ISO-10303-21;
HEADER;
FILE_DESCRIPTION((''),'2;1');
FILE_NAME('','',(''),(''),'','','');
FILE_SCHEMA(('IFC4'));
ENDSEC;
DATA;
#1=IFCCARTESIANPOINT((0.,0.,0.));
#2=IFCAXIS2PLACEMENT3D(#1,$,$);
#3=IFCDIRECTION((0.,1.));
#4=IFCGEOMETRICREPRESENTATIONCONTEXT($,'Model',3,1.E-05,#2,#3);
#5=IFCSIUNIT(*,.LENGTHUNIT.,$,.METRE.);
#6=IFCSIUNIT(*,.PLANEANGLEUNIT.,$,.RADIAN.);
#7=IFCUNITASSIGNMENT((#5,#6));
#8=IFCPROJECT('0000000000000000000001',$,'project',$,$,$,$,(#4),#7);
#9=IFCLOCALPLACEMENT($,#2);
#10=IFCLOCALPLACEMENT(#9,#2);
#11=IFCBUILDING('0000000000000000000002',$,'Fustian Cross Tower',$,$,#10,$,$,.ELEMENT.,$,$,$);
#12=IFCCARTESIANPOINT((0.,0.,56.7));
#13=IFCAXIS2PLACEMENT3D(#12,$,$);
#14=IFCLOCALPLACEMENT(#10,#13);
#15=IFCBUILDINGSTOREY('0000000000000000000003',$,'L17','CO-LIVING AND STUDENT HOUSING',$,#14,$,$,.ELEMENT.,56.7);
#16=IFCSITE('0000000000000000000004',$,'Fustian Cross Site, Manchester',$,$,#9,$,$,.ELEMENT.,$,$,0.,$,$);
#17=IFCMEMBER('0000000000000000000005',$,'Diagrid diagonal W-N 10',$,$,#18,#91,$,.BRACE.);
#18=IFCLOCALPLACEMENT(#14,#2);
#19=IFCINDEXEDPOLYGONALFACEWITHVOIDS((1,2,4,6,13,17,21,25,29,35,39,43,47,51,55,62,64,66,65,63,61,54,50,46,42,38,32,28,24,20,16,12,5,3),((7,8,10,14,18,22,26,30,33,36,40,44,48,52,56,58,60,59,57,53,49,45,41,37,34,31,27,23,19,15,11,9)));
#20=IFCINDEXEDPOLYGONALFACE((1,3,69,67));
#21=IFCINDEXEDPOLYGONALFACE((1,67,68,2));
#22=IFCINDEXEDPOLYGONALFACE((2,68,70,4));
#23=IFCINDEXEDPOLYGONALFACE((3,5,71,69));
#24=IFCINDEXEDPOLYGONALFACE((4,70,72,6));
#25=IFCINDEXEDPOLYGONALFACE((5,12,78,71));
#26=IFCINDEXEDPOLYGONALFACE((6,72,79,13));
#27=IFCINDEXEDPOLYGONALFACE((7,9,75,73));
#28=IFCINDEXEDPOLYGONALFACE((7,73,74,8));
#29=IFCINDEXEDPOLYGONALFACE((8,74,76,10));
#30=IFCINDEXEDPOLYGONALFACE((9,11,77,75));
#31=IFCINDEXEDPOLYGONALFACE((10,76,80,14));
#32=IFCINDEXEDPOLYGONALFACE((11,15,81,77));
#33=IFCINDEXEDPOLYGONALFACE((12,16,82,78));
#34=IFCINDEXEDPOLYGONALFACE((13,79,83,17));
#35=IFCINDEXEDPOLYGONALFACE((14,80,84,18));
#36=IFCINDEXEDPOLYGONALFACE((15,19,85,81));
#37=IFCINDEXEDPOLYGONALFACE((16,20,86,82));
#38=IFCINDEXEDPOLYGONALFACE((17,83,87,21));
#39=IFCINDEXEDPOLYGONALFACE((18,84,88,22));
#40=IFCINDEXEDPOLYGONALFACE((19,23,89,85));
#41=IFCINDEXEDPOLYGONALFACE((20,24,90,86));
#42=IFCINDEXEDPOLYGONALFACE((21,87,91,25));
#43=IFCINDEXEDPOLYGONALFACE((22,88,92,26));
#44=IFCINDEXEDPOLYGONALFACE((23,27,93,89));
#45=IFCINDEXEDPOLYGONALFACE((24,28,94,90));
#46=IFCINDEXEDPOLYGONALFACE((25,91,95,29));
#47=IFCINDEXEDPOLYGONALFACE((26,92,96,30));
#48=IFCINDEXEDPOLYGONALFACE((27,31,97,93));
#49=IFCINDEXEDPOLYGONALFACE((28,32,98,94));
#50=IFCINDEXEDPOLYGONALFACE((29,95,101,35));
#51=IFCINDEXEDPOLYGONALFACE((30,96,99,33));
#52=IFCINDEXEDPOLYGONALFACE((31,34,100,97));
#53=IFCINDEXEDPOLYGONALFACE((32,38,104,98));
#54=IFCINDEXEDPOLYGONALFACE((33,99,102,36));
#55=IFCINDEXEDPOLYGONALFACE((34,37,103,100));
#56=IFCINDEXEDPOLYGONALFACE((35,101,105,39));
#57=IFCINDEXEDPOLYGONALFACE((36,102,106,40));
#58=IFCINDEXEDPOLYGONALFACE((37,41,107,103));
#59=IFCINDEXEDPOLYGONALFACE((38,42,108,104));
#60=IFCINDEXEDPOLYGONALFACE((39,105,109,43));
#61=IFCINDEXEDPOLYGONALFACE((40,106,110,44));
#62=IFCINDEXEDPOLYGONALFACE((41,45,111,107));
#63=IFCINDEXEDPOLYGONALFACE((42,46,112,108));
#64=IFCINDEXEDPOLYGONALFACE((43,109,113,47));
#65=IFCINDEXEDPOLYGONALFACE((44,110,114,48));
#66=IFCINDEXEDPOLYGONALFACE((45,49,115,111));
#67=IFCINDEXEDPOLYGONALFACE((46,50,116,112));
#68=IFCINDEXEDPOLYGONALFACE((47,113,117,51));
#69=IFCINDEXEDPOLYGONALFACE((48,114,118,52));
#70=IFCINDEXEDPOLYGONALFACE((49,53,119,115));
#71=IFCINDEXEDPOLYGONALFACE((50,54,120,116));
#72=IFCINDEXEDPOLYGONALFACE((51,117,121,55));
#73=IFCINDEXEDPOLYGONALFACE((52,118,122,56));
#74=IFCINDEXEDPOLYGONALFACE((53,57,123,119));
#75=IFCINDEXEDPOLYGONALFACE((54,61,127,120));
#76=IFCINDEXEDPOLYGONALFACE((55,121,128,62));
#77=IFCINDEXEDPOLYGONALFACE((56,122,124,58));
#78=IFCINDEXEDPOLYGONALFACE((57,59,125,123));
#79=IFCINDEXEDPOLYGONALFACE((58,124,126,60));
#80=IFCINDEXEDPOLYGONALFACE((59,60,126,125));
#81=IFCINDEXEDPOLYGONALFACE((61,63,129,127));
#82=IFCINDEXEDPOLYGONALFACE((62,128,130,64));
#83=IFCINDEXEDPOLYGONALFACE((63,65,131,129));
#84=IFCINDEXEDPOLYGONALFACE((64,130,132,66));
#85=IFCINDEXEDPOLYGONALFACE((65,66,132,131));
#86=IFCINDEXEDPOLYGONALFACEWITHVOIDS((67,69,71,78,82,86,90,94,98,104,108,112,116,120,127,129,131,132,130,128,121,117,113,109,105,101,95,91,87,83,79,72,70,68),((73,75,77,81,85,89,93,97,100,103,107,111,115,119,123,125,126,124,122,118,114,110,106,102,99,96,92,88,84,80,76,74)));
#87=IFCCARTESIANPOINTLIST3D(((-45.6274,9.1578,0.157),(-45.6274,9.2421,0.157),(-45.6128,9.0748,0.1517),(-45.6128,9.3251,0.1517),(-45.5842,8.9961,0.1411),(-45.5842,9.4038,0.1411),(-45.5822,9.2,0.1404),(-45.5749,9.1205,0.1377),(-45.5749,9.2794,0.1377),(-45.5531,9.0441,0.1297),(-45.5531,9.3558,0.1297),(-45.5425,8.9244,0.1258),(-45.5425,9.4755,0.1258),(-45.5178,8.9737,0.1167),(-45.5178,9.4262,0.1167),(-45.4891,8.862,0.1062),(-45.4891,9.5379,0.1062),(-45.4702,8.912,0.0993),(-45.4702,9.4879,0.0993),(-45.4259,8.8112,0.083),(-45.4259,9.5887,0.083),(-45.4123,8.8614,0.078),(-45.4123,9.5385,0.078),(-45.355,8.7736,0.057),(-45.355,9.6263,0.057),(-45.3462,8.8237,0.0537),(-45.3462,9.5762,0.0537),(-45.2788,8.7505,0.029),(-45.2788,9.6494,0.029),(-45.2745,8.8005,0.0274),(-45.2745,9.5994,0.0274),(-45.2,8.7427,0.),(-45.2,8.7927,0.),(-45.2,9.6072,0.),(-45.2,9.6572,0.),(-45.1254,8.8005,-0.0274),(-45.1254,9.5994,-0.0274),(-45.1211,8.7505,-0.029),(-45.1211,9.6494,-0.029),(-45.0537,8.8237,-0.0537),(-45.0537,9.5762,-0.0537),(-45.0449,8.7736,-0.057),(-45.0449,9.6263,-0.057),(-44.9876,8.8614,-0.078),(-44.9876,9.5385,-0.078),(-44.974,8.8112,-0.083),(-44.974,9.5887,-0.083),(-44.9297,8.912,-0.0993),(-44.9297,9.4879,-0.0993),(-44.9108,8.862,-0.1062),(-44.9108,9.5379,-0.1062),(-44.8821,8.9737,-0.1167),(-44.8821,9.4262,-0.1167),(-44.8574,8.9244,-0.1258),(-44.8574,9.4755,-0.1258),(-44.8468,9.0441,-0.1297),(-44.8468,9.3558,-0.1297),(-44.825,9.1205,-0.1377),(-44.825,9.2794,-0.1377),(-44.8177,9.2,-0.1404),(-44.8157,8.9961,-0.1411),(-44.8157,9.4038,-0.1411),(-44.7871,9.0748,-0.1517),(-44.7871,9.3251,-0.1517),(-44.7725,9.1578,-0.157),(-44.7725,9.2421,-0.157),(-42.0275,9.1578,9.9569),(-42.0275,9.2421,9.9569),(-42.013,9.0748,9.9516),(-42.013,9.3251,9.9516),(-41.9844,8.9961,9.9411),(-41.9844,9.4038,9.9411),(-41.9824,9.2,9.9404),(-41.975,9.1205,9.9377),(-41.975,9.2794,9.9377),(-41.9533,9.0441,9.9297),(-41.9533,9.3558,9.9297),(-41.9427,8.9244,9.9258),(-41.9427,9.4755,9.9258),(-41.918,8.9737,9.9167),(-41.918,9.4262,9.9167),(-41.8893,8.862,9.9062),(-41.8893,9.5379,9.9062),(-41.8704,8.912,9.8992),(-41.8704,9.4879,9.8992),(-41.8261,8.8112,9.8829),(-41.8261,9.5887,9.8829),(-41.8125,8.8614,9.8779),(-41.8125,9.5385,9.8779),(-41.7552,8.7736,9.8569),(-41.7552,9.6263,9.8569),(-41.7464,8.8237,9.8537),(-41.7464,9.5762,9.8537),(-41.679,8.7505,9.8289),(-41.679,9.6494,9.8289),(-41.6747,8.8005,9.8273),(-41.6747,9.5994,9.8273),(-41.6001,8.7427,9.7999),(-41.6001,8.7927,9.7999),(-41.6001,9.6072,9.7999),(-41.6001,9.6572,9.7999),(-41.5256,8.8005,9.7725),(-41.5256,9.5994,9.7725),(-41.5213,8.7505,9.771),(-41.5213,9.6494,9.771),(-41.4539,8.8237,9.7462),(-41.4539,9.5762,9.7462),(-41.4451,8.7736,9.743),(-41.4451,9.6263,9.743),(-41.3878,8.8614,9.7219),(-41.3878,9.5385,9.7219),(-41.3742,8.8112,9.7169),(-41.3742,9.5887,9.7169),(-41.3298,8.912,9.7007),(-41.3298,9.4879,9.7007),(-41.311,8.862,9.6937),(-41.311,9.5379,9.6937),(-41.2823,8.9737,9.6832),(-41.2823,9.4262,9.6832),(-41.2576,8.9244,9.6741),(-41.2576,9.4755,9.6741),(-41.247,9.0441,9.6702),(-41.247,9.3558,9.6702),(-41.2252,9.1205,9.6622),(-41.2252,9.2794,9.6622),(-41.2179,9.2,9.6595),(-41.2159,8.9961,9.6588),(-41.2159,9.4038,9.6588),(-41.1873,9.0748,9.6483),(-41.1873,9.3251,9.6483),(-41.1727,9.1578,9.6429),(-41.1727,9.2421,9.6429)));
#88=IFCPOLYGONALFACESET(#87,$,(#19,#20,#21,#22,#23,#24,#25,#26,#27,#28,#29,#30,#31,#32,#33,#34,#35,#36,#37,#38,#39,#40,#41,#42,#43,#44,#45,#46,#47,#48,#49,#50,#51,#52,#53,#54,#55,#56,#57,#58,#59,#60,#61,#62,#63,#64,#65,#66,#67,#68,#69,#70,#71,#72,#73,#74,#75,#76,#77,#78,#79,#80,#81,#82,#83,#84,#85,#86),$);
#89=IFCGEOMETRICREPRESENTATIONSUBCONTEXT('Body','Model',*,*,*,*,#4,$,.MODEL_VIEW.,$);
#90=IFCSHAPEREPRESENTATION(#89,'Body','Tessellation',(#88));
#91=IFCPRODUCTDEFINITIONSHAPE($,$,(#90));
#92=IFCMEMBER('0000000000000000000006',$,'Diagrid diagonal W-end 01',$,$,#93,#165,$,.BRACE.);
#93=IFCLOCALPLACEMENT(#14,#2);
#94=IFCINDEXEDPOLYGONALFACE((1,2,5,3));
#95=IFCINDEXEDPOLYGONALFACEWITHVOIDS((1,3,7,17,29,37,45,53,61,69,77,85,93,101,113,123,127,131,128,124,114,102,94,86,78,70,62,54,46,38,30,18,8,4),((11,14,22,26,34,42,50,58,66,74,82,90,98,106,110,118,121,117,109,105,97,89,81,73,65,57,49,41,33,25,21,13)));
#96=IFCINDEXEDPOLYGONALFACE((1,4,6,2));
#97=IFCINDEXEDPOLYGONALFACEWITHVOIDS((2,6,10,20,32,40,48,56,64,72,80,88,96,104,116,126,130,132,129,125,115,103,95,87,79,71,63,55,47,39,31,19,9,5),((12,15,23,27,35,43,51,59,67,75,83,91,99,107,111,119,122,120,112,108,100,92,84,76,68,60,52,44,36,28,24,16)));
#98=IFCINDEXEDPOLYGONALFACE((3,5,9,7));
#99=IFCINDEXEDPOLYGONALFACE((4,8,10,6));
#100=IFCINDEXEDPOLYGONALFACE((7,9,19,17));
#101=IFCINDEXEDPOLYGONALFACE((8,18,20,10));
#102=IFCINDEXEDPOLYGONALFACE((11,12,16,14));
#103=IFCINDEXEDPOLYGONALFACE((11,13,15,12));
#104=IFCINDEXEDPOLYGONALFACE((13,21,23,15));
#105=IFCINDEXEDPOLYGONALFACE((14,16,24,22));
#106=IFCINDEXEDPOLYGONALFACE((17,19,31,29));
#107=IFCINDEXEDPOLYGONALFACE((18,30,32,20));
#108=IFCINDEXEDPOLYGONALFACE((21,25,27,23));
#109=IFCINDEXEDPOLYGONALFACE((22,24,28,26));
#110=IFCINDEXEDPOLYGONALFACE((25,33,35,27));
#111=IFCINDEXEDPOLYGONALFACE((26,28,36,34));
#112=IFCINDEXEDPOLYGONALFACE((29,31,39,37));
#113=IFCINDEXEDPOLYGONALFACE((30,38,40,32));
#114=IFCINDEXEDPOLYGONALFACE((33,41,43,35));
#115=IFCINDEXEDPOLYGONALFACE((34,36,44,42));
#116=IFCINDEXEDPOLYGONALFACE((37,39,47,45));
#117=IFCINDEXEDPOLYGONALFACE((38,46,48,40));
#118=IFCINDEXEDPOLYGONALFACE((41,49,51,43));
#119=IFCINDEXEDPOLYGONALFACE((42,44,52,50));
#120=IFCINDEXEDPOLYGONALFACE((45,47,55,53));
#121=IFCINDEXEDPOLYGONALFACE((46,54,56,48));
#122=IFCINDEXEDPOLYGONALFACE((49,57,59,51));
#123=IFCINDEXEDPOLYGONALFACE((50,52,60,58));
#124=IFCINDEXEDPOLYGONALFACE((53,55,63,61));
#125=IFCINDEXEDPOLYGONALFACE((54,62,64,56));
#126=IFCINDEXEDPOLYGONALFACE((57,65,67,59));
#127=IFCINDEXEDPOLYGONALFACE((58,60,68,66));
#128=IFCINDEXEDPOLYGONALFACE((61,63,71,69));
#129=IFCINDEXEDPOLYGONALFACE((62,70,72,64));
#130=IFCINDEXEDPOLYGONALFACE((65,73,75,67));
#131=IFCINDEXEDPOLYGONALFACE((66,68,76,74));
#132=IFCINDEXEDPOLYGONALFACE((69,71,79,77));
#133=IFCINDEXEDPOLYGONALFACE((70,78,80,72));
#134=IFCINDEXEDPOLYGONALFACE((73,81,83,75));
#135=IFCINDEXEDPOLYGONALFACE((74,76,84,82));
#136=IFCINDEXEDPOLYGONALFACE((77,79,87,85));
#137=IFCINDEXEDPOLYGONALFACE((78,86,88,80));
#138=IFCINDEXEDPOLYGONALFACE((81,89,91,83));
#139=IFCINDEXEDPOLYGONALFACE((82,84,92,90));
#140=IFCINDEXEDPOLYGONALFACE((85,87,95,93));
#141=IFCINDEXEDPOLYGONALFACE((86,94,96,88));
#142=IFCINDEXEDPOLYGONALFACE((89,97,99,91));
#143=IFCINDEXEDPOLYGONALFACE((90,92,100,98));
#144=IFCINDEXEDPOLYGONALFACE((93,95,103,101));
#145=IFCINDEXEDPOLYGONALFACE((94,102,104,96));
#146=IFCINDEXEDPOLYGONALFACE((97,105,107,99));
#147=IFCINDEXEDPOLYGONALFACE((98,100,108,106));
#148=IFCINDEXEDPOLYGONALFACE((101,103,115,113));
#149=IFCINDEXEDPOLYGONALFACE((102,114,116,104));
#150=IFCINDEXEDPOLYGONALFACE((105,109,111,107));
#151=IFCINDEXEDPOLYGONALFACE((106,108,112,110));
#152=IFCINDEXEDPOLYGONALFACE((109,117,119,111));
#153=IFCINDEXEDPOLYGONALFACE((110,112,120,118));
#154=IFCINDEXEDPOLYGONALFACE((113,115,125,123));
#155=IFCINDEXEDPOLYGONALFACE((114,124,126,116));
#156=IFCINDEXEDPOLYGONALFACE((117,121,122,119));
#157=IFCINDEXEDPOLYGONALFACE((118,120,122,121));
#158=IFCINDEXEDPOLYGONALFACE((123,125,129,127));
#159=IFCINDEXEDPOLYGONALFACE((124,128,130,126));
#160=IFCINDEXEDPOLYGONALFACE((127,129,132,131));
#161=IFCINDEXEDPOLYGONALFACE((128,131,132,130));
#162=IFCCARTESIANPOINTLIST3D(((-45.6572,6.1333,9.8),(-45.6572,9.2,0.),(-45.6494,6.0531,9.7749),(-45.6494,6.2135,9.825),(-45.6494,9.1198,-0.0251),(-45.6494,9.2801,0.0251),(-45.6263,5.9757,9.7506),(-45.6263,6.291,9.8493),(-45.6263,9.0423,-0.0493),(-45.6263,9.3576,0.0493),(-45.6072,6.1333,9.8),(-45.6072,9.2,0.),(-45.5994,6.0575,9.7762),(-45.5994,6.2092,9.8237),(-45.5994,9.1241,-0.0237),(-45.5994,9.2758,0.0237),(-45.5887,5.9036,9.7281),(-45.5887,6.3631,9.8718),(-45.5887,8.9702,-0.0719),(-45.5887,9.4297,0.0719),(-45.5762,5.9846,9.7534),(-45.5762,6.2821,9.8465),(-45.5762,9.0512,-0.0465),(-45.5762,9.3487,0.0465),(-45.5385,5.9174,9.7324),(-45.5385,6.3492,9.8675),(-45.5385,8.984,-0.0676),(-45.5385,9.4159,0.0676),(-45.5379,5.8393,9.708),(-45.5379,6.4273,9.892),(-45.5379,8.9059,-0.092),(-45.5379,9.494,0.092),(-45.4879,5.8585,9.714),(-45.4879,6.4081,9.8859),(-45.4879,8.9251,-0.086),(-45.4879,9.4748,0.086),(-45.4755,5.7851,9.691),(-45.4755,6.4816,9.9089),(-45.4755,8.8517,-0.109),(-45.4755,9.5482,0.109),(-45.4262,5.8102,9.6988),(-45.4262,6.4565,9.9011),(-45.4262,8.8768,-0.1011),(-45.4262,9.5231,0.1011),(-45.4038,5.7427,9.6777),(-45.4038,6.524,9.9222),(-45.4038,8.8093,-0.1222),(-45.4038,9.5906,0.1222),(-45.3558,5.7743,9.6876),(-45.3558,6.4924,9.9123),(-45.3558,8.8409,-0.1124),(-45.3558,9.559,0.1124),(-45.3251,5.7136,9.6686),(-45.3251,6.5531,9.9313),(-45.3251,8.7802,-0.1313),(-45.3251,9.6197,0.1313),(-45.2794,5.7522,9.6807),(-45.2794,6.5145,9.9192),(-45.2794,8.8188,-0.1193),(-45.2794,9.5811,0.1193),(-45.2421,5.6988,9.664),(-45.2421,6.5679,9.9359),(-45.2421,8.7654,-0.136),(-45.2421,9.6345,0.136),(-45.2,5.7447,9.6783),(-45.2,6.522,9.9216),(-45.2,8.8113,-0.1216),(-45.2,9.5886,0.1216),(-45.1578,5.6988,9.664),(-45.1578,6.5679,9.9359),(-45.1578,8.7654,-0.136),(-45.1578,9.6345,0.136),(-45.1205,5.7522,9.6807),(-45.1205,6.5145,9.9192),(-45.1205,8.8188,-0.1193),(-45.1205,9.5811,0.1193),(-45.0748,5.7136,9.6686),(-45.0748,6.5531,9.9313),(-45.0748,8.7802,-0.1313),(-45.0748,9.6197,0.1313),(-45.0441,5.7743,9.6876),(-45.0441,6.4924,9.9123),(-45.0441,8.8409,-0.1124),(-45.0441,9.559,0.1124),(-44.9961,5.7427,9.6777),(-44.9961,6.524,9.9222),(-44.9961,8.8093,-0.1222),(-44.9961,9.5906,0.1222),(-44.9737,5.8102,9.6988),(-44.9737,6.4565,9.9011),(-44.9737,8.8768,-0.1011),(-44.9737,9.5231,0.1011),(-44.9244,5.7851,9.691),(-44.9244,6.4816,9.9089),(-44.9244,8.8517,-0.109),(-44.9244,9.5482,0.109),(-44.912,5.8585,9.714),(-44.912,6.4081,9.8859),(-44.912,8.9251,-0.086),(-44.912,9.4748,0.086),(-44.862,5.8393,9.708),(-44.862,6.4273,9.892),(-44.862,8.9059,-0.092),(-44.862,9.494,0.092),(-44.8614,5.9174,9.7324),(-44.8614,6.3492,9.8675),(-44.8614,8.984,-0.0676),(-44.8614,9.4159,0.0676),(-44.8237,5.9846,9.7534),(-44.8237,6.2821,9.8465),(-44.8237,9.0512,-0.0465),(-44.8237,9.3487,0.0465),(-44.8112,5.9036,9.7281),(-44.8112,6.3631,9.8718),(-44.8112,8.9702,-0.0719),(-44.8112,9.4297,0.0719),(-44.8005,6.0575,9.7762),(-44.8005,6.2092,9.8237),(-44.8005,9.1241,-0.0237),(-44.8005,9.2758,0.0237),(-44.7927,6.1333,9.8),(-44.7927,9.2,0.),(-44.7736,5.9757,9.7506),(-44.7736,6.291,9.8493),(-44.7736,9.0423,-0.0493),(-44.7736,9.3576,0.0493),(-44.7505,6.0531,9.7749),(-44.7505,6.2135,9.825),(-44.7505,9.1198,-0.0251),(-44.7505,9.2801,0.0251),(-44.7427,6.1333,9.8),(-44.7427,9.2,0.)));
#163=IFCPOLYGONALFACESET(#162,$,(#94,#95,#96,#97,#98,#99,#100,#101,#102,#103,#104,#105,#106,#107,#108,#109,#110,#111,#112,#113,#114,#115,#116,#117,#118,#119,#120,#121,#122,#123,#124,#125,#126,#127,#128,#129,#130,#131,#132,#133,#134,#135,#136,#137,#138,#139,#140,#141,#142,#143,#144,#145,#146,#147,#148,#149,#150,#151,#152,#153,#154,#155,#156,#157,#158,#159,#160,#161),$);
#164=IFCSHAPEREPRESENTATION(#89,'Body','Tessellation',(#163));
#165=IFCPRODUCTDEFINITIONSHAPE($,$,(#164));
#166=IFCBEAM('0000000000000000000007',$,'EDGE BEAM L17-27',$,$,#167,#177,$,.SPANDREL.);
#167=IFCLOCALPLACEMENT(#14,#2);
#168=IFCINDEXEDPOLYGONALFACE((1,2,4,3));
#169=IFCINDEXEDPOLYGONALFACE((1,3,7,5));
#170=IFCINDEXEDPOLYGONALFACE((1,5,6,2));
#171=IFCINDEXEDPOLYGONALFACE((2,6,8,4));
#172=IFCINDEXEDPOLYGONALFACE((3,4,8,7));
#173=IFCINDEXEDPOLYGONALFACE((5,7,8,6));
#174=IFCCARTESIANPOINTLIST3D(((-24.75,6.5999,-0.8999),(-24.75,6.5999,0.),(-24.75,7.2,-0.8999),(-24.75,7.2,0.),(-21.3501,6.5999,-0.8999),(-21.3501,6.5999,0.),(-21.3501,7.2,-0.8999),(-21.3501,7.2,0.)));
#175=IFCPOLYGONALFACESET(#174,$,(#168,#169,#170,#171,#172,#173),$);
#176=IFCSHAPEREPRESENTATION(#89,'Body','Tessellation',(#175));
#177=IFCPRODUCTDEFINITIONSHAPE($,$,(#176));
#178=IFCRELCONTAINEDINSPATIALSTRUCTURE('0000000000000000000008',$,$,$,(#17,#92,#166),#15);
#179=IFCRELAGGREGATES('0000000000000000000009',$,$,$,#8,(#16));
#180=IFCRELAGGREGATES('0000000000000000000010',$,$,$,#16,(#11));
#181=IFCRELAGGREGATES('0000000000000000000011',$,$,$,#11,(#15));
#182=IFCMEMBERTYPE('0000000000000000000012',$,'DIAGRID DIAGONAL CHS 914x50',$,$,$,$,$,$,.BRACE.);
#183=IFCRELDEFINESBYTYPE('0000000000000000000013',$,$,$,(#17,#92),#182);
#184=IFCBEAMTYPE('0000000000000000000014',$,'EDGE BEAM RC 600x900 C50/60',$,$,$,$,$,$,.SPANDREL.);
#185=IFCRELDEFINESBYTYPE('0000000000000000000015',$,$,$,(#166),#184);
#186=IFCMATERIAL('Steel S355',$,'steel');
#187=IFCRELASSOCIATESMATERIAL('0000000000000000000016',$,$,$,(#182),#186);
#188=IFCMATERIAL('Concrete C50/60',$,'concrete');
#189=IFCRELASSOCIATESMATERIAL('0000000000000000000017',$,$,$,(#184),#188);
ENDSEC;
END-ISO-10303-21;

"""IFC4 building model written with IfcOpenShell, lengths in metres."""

from ifc_helpers import new_model, si_unit, direction, frame, origin, origin_2d, place, context, subcontext, project, spatial, rectangle, hollow_circle, extrude, material, material_profile, profile_set, type_object, element, save


model = new_model("IFC4")

# Units and contexts
model_context = context("Model", 3, precision=1e-05, world=origin(), true_north=direction((0.0, 1.0)))
body_context = subcontext(model_context, "Body", "Model", "MODEL_VIEW")
ifc_project = project(units=[si_unit("LENGTHUNIT", "METRE"), si_unit("PLANEANGLEUNIT", "RADIAN")], contexts=[model_context])

# Site, building, storey
site_placement = place(None, origin())
site = spatial("IfcSite", under=ifc_project, at=site_placement, Name="Fustian Cross Site, Manchester", CompositionType="ELEMENT", RefElevation=0.0)
building_placement = place(site_placement, origin())
building = spatial("IfcBuilding", under=site, at=building_placement, Name="Fustian Cross Tower", CompositionType="ELEMENT")
storey_placement = place(building_placement, frame((0.0, 0.0, 56.7)))
storey = spatial("IfcBuildingStorey", under=building, at=storey_placement, Name="L17", Description="CO-LIVING AND STUDENT HOUSING", CompositionType="ELEMENT", Elevation=56.7)

# Members
ifc_material_1 = material(Name="Steel S355", Category="steel")
ifc_material_profile_1 = material_profile(ifc_material_1, hollow_circle(Radius=0.4573, WallThickness=0.05, at=origin_2d()), Name="CHS 914x50")
ifc_profile_set_1 = profile_set([ifc_material_profile_1], Name="Steel S355")
member_type_1 = type_object("IfcMemberType", Name="DIAGRID DIAGONAL CHS 914x50", PredefinedType="BRACE", material=ifc_profile_set_1)
member_1_placement = place(storey_placement, frame((-45.2, 9.2, 0.0), z_axis=(0.344804, 0.0, 0.938675), x_axis=(0.0, 1.0, 0.0)))
element("IfcMember", 1, at=member_1_placement, inside=storey, type_object=member_type_1, Name="Diagrid diagonal W-N 10", PredefinedType="BRACE", context=body_context, shape_type="SweptSolid", body=[
    extrude(hollow_circle(Radius=0.4573, WallThickness=0.05, at=origin_2d()), origin(), (0.0, 0.0, 1.0), 10.4402),
])
member_2_placement = place(storey_placement, frame((-45.2, 9.2, 0.0), z_axis=(0.0, -0.298642, 0.954365), x_axis=(1.0, 0.0, 0.0)))
element("IfcMember", 2, at=member_2_placement, inside=storey, type_object=member_type_1, Name="Diagrid diagonal W-end 01", PredefinedType="BRACE", context=body_context, shape_type="SweptSolid", body=[
    extrude(hollow_circle(Radius=0.4573, WallThickness=0.05, at=origin_2d()), origin(), (0.0, 0.0, 1.0), 10.2686),
])

# Beam
ifc_material_2 = material(Name="Concrete C50/60", Category="concrete")
ifc_material_profile_2 = material_profile(ifc_material_2, rectangle(XDim=0.6001, YDim=0.8999, at=origin_2d()), Name="RC 600x900")
ifc_profile_set_2 = profile_set([ifc_material_profile_2], Name="Concrete C50/60")
beam_type = type_object("IfcBeamType", Name="EDGE BEAM RC 600x900 C50/60", PredefinedType="SPANDREL", material=ifc_profile_set_2)
beam_placement = place(storey_placement, frame((-21.3501, 6.8999, -0.45), z_axis=(-1.0, 0.0, 0.0), x_axis=(0.0, -1.0, 0.0)))
element("IfcBeam", 3, at=beam_placement, inside=storey, type_object=beam_type, Name="EDGE BEAM L17-27", PredefinedType="SPANDREL", context=body_context, shape_type="SweptSolid", body=[
    extrude(rectangle(XDim=0.6001, YDim=0.8999, at=origin_2d()), origin(), (0.0, 0.0, 1.0), 3.3999),
])

save(model, "model.ifc")
